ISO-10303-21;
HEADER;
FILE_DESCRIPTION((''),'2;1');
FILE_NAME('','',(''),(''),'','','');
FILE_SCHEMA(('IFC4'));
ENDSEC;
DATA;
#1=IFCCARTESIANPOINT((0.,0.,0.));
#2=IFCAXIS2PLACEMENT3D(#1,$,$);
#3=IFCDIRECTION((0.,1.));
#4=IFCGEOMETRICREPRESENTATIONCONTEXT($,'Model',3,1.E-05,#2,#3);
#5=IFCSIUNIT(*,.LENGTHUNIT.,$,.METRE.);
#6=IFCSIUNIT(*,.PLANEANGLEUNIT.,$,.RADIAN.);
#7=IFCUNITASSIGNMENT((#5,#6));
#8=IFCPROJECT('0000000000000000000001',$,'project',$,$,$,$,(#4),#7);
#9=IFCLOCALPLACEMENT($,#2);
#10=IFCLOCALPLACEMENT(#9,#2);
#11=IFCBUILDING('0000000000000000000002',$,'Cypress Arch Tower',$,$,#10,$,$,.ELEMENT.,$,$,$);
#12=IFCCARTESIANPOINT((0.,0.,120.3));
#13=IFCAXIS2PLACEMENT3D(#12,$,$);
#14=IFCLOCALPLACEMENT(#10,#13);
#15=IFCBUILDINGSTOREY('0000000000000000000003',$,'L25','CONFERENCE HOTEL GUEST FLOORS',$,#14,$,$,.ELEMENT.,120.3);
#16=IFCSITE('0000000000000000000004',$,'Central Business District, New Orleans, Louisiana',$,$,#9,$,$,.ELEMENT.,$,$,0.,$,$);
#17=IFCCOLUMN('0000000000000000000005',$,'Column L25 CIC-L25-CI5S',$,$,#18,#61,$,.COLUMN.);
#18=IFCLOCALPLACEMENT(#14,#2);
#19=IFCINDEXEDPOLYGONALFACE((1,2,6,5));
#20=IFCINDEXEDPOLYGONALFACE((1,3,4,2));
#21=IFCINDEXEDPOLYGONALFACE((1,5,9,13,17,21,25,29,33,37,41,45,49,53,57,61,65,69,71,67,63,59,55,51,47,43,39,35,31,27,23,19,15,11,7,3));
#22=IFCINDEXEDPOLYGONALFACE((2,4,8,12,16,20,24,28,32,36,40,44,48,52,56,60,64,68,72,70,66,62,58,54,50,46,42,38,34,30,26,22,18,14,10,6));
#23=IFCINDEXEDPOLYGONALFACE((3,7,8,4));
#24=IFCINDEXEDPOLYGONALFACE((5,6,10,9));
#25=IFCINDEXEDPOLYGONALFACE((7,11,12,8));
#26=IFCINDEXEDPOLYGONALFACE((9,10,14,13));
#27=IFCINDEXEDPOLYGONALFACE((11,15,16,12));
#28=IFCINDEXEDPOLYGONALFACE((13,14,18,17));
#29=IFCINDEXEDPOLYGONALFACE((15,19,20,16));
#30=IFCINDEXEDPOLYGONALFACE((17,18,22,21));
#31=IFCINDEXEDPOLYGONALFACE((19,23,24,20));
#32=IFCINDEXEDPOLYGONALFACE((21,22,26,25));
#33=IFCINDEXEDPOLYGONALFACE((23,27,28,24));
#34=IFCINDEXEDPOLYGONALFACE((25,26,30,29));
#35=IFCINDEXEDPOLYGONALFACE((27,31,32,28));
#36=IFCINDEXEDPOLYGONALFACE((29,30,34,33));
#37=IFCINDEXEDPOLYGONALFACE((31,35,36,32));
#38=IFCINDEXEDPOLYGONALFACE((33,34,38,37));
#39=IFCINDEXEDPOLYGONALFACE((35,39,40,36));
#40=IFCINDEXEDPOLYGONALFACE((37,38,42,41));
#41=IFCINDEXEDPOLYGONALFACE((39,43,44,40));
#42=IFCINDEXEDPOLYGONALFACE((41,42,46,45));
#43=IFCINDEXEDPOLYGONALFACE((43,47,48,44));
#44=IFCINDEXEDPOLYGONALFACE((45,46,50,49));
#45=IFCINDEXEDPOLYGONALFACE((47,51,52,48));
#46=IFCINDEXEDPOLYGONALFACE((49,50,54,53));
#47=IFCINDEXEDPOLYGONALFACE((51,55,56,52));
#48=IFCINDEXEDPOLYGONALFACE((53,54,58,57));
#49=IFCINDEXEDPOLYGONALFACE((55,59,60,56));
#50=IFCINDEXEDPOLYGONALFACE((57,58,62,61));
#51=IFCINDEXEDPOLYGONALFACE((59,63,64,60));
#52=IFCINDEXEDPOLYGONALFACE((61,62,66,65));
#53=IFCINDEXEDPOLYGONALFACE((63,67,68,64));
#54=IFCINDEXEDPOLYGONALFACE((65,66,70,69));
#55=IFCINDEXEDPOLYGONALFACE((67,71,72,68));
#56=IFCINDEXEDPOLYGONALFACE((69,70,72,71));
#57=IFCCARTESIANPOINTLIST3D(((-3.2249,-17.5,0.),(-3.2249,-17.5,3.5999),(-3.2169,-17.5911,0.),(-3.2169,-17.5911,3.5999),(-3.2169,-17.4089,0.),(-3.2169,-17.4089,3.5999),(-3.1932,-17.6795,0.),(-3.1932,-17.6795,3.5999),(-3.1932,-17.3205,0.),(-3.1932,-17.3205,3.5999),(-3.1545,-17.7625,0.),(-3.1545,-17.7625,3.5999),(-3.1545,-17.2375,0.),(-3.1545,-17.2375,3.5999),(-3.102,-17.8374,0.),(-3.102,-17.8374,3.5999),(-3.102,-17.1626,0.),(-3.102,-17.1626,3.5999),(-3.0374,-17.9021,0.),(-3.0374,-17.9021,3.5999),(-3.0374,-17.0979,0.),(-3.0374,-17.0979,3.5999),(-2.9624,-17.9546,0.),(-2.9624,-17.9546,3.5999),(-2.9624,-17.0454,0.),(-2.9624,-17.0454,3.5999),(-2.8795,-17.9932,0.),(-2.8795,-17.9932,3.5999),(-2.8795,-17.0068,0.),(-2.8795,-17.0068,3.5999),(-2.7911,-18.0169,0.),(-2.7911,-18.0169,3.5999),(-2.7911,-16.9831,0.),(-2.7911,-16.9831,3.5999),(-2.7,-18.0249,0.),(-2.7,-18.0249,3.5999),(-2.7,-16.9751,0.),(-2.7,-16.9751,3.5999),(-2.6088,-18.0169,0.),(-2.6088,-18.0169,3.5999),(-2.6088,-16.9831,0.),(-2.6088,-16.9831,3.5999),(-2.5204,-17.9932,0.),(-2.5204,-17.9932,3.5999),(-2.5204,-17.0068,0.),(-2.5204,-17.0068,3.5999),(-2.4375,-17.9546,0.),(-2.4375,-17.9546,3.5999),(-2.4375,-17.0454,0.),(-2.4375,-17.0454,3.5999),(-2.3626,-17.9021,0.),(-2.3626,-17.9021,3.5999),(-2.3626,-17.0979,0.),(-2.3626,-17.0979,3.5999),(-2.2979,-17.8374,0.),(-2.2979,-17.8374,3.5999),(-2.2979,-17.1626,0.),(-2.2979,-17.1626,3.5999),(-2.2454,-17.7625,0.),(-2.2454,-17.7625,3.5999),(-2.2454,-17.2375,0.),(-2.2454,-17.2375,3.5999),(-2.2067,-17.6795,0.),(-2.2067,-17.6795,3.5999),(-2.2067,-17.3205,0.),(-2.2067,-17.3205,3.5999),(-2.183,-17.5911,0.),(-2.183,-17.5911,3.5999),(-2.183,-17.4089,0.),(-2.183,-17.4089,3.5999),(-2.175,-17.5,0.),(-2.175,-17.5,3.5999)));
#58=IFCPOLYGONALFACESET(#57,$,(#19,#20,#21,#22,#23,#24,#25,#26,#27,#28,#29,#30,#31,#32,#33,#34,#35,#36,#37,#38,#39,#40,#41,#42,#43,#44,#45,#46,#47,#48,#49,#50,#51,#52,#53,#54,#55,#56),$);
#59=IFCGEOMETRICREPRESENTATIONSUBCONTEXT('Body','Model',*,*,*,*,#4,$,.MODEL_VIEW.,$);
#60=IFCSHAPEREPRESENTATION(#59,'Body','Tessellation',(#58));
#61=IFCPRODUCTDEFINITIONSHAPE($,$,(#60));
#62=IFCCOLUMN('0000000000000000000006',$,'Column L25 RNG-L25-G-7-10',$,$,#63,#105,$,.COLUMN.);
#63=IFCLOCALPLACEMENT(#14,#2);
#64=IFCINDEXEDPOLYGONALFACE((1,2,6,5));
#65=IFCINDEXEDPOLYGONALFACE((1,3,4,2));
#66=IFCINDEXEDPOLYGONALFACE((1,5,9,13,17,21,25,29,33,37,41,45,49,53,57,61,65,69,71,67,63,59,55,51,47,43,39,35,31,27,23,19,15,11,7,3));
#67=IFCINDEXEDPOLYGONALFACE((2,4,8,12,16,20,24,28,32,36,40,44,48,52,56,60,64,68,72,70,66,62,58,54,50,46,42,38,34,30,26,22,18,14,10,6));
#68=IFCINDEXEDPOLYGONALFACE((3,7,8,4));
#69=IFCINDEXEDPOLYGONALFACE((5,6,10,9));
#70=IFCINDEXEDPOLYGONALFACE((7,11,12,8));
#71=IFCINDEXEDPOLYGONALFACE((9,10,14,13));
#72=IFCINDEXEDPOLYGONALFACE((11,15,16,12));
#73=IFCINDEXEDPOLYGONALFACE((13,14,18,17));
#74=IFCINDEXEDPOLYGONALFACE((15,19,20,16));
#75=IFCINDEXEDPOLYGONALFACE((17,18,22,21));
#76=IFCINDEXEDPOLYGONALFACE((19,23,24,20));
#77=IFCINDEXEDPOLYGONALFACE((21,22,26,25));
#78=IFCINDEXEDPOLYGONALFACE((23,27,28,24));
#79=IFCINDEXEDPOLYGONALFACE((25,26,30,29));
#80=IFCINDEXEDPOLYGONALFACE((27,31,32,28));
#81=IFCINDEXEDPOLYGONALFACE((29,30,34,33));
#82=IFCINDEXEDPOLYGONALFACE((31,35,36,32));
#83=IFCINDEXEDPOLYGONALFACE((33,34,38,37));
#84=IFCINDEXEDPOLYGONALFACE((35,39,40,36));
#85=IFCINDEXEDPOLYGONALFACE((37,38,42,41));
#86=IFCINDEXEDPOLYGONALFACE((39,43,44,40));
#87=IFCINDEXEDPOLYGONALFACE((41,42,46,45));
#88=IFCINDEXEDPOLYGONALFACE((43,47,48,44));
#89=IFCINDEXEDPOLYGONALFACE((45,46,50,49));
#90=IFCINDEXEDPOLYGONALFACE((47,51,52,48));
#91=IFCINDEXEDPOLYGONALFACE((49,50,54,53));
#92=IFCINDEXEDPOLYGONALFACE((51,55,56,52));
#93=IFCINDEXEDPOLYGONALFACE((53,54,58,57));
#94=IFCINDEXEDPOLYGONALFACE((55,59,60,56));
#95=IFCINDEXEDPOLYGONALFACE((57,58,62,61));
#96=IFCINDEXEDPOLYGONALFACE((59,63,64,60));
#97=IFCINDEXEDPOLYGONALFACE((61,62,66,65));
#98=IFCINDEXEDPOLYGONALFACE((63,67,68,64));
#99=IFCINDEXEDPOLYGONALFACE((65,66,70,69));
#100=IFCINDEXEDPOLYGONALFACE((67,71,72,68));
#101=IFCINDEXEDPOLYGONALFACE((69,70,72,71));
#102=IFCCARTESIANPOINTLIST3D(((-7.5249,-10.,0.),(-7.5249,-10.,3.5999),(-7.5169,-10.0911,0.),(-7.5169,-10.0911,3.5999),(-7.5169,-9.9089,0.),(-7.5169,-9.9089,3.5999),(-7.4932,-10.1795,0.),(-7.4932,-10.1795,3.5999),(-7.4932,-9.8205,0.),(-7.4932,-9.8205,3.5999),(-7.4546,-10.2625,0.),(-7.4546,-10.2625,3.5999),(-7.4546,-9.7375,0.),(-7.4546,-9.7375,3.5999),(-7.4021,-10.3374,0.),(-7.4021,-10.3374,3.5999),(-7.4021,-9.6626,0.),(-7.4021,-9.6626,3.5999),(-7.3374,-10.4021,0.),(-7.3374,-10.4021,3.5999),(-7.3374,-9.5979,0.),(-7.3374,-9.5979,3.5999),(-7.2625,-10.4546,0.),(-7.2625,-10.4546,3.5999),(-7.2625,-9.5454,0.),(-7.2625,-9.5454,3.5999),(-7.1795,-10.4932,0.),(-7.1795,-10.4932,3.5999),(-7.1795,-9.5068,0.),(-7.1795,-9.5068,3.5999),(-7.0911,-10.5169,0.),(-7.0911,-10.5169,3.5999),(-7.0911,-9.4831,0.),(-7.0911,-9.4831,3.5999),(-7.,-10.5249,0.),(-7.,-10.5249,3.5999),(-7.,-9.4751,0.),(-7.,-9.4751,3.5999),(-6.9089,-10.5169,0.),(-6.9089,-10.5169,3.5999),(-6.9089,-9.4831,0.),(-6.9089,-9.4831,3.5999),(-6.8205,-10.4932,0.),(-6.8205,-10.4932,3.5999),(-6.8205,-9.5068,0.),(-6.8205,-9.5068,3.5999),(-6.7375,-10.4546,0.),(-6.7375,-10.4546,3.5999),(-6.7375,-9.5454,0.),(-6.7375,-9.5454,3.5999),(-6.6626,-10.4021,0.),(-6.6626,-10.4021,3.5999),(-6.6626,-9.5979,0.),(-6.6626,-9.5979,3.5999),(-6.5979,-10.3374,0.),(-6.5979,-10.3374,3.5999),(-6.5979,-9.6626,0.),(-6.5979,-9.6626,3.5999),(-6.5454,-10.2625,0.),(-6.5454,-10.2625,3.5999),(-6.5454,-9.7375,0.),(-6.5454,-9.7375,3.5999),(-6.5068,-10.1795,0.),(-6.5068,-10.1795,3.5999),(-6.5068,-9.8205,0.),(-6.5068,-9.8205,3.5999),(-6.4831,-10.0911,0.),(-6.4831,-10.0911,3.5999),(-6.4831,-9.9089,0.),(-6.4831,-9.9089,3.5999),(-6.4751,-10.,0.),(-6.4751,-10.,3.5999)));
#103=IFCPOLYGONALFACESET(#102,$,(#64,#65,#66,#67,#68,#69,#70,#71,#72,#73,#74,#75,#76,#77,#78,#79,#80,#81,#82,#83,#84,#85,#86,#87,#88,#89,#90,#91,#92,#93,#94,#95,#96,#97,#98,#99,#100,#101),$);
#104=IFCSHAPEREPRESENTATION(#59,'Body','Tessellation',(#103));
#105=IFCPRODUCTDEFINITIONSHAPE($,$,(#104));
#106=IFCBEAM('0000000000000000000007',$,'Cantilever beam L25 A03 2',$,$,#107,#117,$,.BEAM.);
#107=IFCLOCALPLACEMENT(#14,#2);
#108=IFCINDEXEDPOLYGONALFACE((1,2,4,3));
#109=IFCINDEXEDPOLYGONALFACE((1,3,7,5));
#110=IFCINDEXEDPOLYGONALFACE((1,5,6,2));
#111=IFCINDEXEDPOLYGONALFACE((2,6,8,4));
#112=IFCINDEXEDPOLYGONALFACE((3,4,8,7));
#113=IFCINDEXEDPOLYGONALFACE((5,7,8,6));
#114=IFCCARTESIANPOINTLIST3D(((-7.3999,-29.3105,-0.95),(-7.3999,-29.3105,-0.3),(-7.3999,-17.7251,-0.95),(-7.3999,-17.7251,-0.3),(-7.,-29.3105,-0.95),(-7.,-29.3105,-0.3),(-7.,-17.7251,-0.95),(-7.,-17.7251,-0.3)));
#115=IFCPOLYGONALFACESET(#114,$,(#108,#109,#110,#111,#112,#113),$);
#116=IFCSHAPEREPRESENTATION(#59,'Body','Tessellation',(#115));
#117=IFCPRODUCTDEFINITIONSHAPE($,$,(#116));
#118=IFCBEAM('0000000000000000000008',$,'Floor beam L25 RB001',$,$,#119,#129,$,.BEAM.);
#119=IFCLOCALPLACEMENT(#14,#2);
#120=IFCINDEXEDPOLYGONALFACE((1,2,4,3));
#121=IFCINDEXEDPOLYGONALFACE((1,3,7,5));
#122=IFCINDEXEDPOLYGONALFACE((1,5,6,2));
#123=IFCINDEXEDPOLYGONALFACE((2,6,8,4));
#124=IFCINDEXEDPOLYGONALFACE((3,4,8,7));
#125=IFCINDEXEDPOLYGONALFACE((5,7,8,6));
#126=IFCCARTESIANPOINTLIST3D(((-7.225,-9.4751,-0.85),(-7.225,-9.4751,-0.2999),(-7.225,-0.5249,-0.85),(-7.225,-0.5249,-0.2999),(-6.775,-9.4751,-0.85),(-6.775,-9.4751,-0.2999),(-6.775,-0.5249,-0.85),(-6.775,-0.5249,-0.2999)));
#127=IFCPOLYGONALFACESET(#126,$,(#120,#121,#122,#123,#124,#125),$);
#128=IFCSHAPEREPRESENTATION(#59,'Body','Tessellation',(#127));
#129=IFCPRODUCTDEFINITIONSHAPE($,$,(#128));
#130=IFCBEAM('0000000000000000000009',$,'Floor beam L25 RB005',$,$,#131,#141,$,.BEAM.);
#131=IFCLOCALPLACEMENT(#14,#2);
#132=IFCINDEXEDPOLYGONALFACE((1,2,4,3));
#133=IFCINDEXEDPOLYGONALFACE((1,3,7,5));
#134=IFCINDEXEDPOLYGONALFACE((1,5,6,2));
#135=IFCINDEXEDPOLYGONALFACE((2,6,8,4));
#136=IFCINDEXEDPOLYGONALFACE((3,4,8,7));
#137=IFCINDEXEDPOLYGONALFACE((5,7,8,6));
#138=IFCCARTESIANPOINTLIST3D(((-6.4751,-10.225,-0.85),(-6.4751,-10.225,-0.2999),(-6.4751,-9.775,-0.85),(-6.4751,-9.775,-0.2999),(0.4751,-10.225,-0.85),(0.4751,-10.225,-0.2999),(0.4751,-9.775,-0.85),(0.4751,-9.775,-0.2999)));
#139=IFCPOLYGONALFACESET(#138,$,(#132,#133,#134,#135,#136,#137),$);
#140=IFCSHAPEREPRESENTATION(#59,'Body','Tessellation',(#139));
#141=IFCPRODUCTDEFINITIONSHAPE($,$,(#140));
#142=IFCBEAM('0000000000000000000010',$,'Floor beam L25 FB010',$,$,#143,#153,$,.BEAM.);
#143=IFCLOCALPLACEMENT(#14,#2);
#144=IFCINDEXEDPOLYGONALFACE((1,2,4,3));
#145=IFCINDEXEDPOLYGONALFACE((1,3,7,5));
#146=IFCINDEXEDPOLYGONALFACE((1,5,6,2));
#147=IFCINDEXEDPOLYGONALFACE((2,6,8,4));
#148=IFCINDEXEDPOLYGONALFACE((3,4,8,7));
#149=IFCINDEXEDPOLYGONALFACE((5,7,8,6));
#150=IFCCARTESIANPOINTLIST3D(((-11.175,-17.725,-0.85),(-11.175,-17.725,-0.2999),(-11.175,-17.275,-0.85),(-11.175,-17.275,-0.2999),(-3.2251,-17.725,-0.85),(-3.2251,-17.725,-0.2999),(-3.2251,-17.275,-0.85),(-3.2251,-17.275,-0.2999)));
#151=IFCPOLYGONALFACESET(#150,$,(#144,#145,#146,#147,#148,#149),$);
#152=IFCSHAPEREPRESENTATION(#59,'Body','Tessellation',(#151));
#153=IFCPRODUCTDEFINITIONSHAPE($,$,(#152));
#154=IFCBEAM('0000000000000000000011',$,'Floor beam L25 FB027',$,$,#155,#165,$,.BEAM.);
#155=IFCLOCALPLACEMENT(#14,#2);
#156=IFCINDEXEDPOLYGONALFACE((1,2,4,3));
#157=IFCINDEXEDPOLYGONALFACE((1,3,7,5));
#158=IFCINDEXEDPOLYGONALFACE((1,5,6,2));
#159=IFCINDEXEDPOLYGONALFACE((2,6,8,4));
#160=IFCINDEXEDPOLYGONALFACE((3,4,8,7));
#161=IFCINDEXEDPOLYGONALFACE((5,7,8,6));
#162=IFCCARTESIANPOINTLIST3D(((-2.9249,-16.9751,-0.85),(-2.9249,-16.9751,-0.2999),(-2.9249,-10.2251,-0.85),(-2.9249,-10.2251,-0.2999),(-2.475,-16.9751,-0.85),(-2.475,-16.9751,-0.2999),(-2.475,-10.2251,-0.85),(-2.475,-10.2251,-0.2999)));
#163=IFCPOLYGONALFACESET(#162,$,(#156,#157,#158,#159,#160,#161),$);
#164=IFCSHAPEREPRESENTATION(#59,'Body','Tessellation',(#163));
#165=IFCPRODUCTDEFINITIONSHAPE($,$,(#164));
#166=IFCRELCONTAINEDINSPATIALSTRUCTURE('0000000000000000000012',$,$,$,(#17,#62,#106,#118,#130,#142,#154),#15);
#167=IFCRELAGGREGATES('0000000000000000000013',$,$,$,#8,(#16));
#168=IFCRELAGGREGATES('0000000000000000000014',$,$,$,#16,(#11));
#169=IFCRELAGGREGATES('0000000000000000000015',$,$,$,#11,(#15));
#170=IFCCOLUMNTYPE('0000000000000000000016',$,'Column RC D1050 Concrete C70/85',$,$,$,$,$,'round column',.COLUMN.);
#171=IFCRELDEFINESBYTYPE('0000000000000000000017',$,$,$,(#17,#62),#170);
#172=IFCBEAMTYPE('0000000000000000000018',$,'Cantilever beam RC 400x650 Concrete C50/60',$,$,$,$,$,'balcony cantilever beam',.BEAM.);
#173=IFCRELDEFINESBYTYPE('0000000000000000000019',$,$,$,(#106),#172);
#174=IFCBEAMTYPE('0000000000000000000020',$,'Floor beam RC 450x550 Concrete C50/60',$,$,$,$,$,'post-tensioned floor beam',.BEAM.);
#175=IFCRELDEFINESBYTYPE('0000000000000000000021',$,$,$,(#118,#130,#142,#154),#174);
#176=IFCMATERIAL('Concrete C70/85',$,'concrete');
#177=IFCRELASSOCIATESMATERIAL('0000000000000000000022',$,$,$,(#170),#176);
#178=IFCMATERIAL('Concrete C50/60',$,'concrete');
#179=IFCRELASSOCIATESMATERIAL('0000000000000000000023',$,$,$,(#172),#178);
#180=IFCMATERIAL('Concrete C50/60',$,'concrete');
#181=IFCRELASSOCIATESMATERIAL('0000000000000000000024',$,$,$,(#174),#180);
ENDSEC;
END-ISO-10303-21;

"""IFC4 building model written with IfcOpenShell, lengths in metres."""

from ifc_helpers import new_model, si_unit, direction, frame, origin, origin_2d, place, context, subcontext, project, spatial, rectangle, circle, extrude, material, material_profile, profile_set, type_object, element, save


model = new_model("IFC4")

# Units and contexts
model_context = context("Model", 3, precision=1e-05, world=origin(), true_north=direction((0.0, 1.0)))
body_context = subcontext(model_context, "Body", "Model", "MODEL_VIEW")
ifc_project = project(units=[si_unit("LENGTHUNIT", "METRE"), si_unit("PLANEANGLEUNIT", "RADIAN")], contexts=[model_context])

# Site, building, storey
site_placement = place(None, origin())
site = spatial("IfcSite", under=ifc_project, at=site_placement, Name="Central Business District, New Orleans, Louisiana", CompositionType="ELEMENT", RefElevation=0.0)
building_placement = place(site_placement, origin())
building = spatial("IfcBuilding", under=site, at=building_placement, Name="Cypress Arch Tower", CompositionType="ELEMENT")
storey_placement = place(building_placement, frame((0.0, 0.0, 120.3)))
storey = spatial("IfcBuildingStorey", under=building, at=storey_placement, Name="L25", Description="CONFERENCE HOTEL GUEST FLOORS", CompositionType="ELEMENT", Elevation=120.3)

# Columns
ifc_material_1 = material(Name="Concrete C70/85", Category="concrete")
ifc_material_profile_1 = material_profile(ifc_material_1, circle(Radius=0.5249, at=origin_2d()), Name="RC D1050")
ifc_profile_set_1 = profile_set([ifc_material_profile_1], Name="Concrete C70/85")
column_type = type_object("IfcColumnType", Name="Column RC D1050 Concrete C70/85", ElementType="round column", PredefinedType="COLUMN", material=ifc_profile_set_1)
for number, where, z_axis, x_axis, name in (
    (1, (-2.7, -17.5, 0.0), (0.0, 0.0, 1.0), (1.0, 0.0, 0.0), "Column L25 CIC-L25-CI5S"),
    (2, (-7.0, -10.0, 0.0), (0.0, 0.0, 1.0), (1.0, 0.0, 0.0), "Column L25 RNG-L25-G-7-10"),
):
    element("IfcColumn", number, at=place(storey_placement, frame(where, z_axis=z_axis, x_axis=x_axis)), inside=storey, type_object=column_type, Name=name, PredefinedType="COLUMN", context=body_context, shape_type="SweptSolid", body=[
        extrude(circle(Radius=0.5249, at=origin_2d()), origin(), (0.0, 0.0, 1.0), 3.5999),
    ])

# Beams
ifc_material_2 = material(Name="Concrete C50/60", Category="concrete")
ifc_material_profile_2 = material_profile(ifc_material_2, rectangle(XDim=0.3999, YDim=0.6499, at=origin_2d()), Name="RC 400x650")
ifc_profile_set_2 = profile_set([ifc_material_profile_2], Name="Concrete C50/60")
beam_type_1 = type_object("IfcBeamType", Name="Cantilever beam RC 400x650 Concrete C50/60", ElementType="balcony cantilever beam", PredefinedType="BEAM", material=ifc_profile_set_2)
beam_1_placement = place(storey_placement, frame((-7.2, -17.7251, -0.625), z_axis=(0.0, -1.0, 0.0), x_axis=(1.0, 0.0, 0.0)))
element("IfcBeam", 3, at=beam_1_placement, inside=storey, type_object=beam_type_1, Name="Cantilever beam L25 A03 2", PredefinedType="BEAM", context=body_context, shape_type="SweptSolid", body=[
    extrude(rectangle(XDim=0.3999, YDim=0.6499, at=origin_2d()), origin(), (0.0, 0.0, 1.0), 11.5854),
])
ifc_material_3 = material(Name="Concrete C50/60", Category="concrete")
ifc_material_profile_3 = material_profile(ifc_material_3, rectangle(XDim=0.45, YDim=0.55, at=origin_2d()), Name="RC 450x550")
ifc_profile_set_3 = profile_set([ifc_material_profile_3], Name="Concrete C50/60")
beam_type_2 = type_object("IfcBeamType", Name="Floor beam RC 450x550 Concrete C50/60", ElementType="post-tensioned floor beam", PredefinedType="BEAM", material=ifc_profile_set_3)
beam_2_placement = place(storey_placement, frame((-7.0, -9.4751, -0.575), z_axis=(0.0, 1.0, 0.0), x_axis=(-1.0, 0.0, 0.0)))
element("IfcBeam", 4, at=beam_2_placement, inside=storey, type_object=beam_type_2, Name="Floor beam L25 RB001", PredefinedType="BEAM", context=body_context, shape_type="SweptSolid", body=[
    extrude(rectangle(XDim=0.45, YDim=0.55, at=origin_2d()), origin(), (0.0, 0.0, 1.0), 8.9502),
])
beam_3_placement = place(storey_placement, frame((-6.4751, -10.0, -0.575), z_axis=(1.0, 0.0, 0.0), x_axis=(0.0, 1.0, 0.0)))
element("IfcBeam", 5, at=beam_3_placement, inside=storey, type_object=beam_type_2, Name="Floor beam L25 RB005", PredefinedType="BEAM", context=body_context, shape_type="SweptSolid", body=[
    extrude(rectangle(XDim=0.45, YDim=0.55, at=origin_2d()), origin(), (0.0, 0.0, 1.0), 6.9502),
])
beam_4_placement = place(storey_placement, frame((-11.175, -17.5, -0.575), z_axis=(1.0, 0.0, 0.0), x_axis=(0.0, 1.0, 0.0)))
element("IfcBeam", 6, at=beam_4_placement, inside=storey, type_object=beam_type_2, Name="Floor beam L25 FB010", PredefinedType="BEAM", context=body_context, shape_type="SweptSolid", body=[
    extrude(rectangle(XDim=0.45, YDim=0.55, at=origin_2d()), origin(), (0.0, 0.0, 1.0), 7.95),
])
beam_5_placement = place(storey_placement, frame((-2.7, -16.9751, -0.575), z_axis=(0.0, 1.0, 0.0), x_axis=(-1.0, 0.0, 0.0)))
element("IfcBeam", 7, at=beam_5_placement, inside=storey, type_object=beam_type_2, Name="Floor beam L25 FB027", PredefinedType="BEAM", context=body_context, shape_type="SweptSolid", body=[
    extrude(rectangle(XDim=0.45, YDim=0.55, at=origin_2d()), origin(), (0.0, 0.0, 1.0), 6.75),
])

save(model, "model.ifc")
